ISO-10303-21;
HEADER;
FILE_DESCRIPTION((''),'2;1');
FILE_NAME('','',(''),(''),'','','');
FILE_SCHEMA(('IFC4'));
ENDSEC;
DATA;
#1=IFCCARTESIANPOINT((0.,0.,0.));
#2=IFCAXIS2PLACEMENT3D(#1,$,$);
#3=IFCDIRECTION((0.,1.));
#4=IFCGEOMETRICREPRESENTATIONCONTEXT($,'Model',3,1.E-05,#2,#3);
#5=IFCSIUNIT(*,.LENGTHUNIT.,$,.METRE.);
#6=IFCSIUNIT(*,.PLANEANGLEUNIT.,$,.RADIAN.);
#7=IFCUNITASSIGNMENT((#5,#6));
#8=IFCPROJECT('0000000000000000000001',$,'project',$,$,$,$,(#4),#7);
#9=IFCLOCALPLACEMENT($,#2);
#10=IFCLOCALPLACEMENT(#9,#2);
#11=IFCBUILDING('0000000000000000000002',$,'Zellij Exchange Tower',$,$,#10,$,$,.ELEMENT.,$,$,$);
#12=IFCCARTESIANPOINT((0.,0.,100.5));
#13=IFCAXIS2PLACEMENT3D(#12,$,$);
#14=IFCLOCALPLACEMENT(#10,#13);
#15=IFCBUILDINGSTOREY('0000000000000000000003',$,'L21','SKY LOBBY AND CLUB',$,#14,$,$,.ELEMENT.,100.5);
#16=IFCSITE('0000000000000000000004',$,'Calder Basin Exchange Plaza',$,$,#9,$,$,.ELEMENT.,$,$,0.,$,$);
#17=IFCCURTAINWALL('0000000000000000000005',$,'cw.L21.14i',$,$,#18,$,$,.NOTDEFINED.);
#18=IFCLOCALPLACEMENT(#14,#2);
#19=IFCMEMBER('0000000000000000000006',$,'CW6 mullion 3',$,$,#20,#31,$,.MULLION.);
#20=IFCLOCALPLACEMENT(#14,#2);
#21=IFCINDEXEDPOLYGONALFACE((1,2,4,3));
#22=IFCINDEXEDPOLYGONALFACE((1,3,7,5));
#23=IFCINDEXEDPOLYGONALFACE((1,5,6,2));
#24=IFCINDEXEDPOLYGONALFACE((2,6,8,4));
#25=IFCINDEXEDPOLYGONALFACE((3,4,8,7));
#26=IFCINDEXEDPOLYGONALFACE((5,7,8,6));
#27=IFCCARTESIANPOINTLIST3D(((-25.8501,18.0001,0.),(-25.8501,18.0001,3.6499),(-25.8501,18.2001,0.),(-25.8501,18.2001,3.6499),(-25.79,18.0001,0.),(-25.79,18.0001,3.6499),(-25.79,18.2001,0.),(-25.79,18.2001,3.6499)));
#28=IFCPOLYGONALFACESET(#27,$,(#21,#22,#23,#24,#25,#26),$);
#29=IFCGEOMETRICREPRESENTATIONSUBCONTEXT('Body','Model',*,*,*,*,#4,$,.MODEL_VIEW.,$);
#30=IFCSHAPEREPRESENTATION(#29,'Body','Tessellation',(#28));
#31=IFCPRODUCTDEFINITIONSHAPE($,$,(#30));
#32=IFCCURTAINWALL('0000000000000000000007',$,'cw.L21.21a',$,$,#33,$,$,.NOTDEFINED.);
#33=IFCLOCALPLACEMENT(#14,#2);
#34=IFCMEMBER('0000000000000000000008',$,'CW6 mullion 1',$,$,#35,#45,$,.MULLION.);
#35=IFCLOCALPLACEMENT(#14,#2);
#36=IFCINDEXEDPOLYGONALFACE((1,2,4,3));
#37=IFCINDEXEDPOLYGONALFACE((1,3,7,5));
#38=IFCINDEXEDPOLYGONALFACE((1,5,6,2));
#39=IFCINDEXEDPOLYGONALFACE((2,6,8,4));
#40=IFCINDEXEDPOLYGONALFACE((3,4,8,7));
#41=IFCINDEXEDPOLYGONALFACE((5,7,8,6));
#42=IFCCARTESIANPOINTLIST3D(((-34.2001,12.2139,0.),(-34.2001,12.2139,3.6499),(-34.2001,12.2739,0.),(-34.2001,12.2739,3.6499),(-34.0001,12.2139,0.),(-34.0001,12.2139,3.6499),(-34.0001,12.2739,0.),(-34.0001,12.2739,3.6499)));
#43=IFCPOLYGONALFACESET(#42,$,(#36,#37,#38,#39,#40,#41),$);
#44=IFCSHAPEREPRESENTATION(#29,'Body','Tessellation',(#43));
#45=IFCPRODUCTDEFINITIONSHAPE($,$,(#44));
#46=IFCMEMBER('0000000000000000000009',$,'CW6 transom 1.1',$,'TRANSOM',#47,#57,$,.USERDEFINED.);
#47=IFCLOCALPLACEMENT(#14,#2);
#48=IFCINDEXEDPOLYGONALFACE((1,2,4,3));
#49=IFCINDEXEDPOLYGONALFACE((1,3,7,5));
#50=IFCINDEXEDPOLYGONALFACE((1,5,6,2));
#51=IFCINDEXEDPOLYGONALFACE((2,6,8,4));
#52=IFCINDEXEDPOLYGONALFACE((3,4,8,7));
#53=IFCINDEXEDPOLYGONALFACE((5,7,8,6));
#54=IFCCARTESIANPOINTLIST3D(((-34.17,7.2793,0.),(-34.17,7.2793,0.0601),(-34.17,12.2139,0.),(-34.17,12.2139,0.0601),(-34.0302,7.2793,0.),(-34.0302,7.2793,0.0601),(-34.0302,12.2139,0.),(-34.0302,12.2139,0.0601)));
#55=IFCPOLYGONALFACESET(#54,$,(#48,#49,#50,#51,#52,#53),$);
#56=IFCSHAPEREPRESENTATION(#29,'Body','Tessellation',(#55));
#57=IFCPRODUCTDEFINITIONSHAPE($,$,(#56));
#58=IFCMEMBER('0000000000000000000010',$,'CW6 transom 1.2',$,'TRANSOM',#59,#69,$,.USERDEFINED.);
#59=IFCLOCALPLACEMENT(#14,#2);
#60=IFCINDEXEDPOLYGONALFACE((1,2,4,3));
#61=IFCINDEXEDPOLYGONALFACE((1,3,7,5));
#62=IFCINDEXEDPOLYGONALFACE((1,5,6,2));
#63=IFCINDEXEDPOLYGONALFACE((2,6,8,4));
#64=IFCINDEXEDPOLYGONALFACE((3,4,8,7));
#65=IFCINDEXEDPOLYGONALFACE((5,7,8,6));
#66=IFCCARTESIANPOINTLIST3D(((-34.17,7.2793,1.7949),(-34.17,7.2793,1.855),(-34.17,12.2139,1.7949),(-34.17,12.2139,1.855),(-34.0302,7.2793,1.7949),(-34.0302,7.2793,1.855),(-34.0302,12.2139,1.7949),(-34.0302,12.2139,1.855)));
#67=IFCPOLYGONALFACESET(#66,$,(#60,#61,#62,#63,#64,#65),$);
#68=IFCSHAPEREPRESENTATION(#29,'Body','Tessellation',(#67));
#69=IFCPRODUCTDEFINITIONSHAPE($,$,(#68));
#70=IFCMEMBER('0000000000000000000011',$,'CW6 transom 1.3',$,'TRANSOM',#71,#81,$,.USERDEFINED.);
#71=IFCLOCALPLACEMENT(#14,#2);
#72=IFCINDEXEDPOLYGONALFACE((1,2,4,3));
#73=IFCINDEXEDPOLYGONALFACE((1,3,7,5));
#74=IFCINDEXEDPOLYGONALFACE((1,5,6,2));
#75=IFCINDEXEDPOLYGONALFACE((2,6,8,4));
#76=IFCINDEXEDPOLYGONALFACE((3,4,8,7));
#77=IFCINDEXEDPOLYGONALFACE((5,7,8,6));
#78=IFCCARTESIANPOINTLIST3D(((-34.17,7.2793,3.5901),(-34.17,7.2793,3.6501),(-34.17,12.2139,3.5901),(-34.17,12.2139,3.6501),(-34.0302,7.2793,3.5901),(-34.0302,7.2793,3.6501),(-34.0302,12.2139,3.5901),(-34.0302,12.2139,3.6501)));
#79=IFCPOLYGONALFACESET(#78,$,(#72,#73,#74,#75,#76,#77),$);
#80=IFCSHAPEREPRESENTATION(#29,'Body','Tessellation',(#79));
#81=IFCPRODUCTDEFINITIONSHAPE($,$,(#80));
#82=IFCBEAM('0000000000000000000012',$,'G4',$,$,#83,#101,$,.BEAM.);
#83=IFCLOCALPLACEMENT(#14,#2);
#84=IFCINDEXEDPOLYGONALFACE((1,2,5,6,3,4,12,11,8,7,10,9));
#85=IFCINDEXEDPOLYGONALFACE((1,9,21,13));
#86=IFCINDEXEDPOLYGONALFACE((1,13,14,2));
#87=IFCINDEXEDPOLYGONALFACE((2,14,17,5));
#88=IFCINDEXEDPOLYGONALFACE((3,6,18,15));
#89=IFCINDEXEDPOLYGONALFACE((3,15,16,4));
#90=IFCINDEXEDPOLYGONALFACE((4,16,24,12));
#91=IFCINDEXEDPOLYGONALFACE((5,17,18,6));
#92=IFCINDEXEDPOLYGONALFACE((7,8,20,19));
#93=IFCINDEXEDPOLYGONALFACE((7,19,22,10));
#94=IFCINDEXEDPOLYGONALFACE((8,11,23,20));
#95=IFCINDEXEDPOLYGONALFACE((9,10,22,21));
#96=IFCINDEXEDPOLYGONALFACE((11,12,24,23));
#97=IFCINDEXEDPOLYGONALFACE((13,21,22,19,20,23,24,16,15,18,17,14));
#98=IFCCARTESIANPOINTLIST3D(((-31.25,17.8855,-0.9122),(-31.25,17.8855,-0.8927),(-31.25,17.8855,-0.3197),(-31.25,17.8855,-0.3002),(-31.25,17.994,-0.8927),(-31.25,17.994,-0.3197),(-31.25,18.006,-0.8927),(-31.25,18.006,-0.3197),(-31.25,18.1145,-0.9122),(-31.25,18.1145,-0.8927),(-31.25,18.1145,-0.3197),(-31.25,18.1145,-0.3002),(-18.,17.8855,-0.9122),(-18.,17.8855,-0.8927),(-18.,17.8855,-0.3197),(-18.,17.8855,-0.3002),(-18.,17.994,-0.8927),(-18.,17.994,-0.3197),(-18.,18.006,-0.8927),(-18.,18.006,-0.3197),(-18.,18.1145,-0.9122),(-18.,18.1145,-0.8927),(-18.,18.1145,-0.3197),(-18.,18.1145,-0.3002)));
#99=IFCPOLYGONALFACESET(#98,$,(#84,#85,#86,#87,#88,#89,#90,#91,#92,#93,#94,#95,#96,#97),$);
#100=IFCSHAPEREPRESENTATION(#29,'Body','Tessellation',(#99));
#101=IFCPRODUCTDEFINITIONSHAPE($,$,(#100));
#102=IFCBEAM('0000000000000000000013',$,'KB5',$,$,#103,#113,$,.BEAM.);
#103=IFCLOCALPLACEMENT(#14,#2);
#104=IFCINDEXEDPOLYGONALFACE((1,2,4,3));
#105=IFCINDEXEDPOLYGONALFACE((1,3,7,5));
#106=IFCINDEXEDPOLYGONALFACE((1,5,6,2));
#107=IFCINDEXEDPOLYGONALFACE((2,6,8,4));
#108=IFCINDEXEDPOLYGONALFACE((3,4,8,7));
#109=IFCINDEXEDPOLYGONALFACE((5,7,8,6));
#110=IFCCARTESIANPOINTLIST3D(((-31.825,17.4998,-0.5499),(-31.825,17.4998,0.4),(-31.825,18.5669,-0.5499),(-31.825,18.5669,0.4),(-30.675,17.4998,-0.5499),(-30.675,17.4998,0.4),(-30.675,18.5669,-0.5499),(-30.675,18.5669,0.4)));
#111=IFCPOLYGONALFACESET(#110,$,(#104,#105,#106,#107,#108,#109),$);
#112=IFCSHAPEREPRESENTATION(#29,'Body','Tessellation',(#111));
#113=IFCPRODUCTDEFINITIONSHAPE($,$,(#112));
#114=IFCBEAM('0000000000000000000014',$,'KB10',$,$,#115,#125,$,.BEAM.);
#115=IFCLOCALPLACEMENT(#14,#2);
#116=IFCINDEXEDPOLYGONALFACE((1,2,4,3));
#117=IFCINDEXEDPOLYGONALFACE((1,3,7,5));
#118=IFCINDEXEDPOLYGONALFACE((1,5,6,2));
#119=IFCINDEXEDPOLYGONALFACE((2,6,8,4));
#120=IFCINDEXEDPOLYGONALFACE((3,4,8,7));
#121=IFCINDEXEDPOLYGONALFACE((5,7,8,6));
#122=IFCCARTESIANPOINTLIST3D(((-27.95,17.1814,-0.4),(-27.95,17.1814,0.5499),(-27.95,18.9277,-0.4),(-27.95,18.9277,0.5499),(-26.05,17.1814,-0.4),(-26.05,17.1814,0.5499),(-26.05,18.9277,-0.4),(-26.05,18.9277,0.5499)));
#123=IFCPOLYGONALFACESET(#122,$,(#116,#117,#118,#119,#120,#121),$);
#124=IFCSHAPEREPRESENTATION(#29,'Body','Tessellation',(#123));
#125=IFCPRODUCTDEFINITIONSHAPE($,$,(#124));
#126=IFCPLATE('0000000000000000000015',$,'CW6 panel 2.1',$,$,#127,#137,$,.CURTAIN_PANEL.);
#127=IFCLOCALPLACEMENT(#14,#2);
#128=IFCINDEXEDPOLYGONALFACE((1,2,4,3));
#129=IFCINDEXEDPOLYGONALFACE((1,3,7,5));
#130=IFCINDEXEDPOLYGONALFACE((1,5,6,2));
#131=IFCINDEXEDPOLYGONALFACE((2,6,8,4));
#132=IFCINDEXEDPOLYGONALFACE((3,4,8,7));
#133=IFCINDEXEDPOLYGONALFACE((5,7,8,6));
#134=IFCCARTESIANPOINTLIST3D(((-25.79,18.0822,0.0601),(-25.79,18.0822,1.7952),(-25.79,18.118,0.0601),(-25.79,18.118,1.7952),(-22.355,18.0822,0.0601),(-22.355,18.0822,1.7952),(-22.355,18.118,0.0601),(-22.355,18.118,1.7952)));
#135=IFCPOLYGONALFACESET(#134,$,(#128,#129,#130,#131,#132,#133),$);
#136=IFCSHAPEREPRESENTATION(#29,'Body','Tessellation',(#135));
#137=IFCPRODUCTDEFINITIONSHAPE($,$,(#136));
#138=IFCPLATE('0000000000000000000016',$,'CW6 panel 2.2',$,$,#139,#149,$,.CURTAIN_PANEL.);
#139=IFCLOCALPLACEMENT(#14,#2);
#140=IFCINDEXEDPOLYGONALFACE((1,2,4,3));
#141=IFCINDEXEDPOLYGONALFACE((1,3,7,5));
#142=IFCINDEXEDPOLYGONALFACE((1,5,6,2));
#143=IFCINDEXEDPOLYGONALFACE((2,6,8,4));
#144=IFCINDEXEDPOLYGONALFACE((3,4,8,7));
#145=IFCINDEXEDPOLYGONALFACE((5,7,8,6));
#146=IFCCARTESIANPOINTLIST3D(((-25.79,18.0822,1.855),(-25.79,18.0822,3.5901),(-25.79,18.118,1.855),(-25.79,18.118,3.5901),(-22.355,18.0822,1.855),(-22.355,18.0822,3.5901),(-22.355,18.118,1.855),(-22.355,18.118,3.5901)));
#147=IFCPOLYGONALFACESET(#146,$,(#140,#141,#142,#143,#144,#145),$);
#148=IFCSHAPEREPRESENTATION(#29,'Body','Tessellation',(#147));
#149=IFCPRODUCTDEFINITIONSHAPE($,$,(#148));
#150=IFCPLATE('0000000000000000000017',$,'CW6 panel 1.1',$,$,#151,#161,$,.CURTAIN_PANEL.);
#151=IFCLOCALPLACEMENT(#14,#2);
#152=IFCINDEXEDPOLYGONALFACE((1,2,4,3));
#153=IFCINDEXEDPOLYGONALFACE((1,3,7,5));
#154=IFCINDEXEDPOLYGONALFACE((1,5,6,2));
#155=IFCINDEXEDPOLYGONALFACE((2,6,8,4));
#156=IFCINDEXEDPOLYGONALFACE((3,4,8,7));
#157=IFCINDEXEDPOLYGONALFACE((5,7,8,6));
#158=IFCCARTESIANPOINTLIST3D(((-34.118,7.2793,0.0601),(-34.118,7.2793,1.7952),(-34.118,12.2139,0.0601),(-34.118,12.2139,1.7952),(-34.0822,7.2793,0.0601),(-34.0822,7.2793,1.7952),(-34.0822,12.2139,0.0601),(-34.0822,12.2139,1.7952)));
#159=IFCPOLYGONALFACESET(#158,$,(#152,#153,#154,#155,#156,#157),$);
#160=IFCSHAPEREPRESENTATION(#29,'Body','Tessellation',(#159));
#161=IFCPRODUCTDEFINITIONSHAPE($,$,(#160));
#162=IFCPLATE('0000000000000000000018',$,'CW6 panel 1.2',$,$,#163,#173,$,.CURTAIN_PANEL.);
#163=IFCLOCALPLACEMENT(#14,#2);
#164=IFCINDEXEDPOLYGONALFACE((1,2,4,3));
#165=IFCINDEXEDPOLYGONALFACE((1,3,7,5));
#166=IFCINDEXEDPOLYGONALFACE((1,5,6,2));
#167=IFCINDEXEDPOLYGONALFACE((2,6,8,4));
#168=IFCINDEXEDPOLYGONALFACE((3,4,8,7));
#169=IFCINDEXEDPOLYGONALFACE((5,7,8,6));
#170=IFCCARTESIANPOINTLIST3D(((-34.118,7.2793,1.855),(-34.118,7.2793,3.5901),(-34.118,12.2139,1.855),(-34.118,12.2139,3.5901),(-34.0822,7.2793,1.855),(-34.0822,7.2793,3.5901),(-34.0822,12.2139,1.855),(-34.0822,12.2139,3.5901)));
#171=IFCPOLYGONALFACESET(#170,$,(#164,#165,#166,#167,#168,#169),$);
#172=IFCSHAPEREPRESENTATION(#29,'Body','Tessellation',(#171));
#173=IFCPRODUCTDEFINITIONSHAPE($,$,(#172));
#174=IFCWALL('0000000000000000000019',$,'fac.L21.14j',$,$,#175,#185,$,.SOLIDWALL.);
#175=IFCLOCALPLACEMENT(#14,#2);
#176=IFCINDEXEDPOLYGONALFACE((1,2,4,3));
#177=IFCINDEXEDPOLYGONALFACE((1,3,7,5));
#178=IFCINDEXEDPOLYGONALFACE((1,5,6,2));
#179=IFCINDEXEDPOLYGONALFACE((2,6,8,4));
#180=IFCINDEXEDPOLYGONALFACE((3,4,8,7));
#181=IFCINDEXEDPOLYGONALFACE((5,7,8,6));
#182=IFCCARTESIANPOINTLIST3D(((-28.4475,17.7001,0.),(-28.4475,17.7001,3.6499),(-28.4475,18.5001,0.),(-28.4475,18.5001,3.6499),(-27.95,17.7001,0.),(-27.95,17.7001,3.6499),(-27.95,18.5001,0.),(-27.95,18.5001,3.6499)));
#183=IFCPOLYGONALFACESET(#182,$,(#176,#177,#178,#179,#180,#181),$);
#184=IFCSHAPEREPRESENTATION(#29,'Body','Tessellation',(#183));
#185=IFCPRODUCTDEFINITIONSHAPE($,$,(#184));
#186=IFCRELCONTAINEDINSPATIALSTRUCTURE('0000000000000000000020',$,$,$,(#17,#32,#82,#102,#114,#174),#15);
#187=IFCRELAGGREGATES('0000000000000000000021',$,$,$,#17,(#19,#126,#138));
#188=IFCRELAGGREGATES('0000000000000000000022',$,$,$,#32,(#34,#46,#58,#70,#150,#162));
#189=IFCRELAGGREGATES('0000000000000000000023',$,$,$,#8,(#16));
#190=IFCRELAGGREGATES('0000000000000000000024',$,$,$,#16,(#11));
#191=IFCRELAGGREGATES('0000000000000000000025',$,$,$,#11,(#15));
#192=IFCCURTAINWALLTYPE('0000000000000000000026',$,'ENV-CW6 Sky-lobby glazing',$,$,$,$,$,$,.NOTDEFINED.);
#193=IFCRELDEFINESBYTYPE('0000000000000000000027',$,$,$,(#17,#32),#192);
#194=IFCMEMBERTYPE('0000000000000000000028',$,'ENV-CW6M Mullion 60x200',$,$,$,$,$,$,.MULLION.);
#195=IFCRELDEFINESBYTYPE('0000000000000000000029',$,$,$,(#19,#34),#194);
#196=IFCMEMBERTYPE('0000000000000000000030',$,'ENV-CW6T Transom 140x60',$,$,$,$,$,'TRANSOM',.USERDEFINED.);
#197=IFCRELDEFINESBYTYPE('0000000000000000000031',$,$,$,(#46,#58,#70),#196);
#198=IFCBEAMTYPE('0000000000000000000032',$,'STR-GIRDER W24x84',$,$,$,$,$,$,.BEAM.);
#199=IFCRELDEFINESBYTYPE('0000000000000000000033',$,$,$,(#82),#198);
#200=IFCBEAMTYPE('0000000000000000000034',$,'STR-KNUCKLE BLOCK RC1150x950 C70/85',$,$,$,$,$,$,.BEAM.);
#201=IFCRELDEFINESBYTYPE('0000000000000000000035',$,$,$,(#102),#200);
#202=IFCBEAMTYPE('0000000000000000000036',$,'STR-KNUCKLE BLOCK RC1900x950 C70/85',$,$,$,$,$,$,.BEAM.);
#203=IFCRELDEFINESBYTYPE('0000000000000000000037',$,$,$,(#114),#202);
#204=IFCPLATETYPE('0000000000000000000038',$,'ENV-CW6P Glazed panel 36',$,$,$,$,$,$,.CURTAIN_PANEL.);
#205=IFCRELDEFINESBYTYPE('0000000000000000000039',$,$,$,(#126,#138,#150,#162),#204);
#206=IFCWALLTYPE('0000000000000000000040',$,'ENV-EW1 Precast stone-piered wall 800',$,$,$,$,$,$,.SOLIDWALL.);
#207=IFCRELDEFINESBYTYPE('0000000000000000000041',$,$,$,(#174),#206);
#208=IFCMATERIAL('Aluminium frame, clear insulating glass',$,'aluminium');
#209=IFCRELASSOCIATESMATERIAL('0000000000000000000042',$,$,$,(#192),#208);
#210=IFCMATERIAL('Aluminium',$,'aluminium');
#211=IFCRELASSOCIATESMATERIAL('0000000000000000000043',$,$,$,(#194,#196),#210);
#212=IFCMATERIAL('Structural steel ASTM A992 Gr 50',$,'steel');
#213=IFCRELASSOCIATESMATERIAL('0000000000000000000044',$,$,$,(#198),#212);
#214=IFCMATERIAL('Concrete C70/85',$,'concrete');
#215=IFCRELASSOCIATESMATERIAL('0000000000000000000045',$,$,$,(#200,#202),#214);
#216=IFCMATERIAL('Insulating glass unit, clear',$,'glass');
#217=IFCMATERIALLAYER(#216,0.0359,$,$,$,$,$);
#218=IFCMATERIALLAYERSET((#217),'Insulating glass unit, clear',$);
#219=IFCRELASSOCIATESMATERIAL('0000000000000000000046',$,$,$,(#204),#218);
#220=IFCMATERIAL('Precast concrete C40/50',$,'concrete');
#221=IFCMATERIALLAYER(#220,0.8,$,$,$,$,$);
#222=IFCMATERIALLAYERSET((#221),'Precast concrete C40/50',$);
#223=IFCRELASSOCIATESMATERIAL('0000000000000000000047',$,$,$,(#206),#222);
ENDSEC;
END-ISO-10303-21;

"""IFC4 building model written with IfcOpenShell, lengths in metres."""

from ifc_helpers import new_model, si_unit, direction, frame, frame_2d, origin, origin_2d, place, context, subcontext, project, spatial, rectangle, i_section, extrude, material, layer, layer_set, material_profile, profile_set, type_object, element, aggregate, save


model = new_model("IFC4")

# Units and contexts
model_context = context("Model", 3, precision=1e-05, world=origin(), true_north=direction((0.0, 1.0)))
body_context = subcontext(model_context, "Body", "Model", "MODEL_VIEW")
ifc_project = project(units=[si_unit("LENGTHUNIT", "METRE"), si_unit("PLANEANGLEUNIT", "RADIAN")], contexts=[model_context])

# Site, building, storey
site_placement = place(None, origin())
site = spatial("IfcSite", under=ifc_project, at=site_placement, Name="Calder Basin Exchange Plaza", CompositionType="ELEMENT", RefElevation=0.0)
building_placement = place(site_placement, origin())
building = spatial("IfcBuilding", under=site, at=building_placement, Name="Zellij Exchange Tower", CompositionType="ELEMENT")
storey_placement = place(building_placement, frame((0.0, 0.0, 100.5)))
storey = spatial("IfcBuildingStorey", under=building, at=storey_placement, Name="L21", Description="SKY LOBBY AND CLUB", CompositionType="ELEMENT", Elevation=100.5)

# Shared definitions
ifc_material_1 = material(Name="Concrete C70/85", Category="concrete")

# Curtain wall, member
ifc_material_2 = material(Name="Aluminium frame, clear insulating glass", Category="aluminium")
curtain_wall_type = type_object("IfcCurtainWallType", Name="ENV-CW6 Sky-lobby glazing", PredefinedType="NOTDEFINED", material=ifc_material_2)
curtain_wall_1_placement = place(storey_placement, origin())
curtain_wall_1 = element("IfcCurtainWall", 1, at=curtain_wall_1_placement, inside=storey, type_object=curtain_wall_type, Name="cw.L21.14i", PredefinedType="NOTDEFINED")
ifc_material_3 = material(Name="Aluminium", Category="aluminium")
ifc_material_profile_1 = material_profile(ifc_material_3, rectangle(XDim=0.0601, YDim=0.2, at=origin_2d()), Name="AL 60x200")
ifc_profile_set_1 = profile_set([ifc_material_profile_1], Name="Aluminium")
member_type_1 = type_object("IfcMemberType", Name="ENV-CW6M Mullion 60x200", PredefinedType="MULLION", material=ifc_profile_set_1)
member_1_placement = place(storey_placement, frame((-25.8201, 18.1001, 0.0), z_axis=(0.0, 0.0, 1.0), x_axis=(-1.0, 0.0, 0.0)))
member_1 = element("IfcMember", 2, at=member_1_placement, type_object=member_type_1, Name="CW6 mullion 3", PredefinedType="MULLION", context=body_context, shape_type="SweptSolid", body=[
    extrude(rectangle(XDim=0.0601, YDim=0.2, at=origin_2d()), origin(), (0.0, 0.0, 1.0), 3.6499),
])

# Curtain wall, members
curtain_wall_2_placement = place(storey_placement, origin())
curtain_wall_2 = element("IfcCurtainWall", 3, at=curtain_wall_2_placement, inside=storey, type_object=curtain_wall_type, Name="cw.L21.21a", PredefinedType="NOTDEFINED")
member_2_placement = place(storey_placement, frame((-34.1001, 12.2439, 0.0), z_axis=(0.0, 0.0, 1.0), x_axis=(0.0, -1.0, 0.0)))
member_2 = element("IfcMember", 4, at=member_2_placement, type_object=member_type_1, Name="CW6 mullion 1", PredefinedType="MULLION", context=body_context, shape_type="SweptSolid", body=[
    extrude(rectangle(XDim=0.0601, YDim=0.2, at=origin_2d()), origin(), (0.0, 0.0, 1.0), 3.6499),
])
ifc_material_profile_2 = material_profile(ifc_material_3, rectangle(XDim=0.1399, YDim=0.0601, at=origin_2d()), Name="AL 140x60")
ifc_profile_set_2 = profile_set([ifc_material_profile_2], Name="Aluminium")
member_type_2 = type_object("IfcMemberType", Name="ENV-CW6T Transom 140x60", ElementType="TRANSOM", PredefinedType="USERDEFINED", material=ifc_profile_set_2)
member_3_placement = place(storey_placement, frame((-34.1001, 12.2139, 0.03), z_axis=(0.0, -1.0, 0.0), x_axis=(1.0, 0.0, 0.0)))
member_3 = element("IfcMember", 5, at=member_3_placement, type_object=member_type_2, Name="CW6 transom 1.1", ObjectType="TRANSOM", PredefinedType="USERDEFINED", context=body_context, shape_type="SweptSolid", body=[
    extrude(rectangle(XDim=0.1399, YDim=0.0601, at=origin_2d()), origin(), (0.0, 0.0, 1.0), 4.9346),
])
member_4_placement = place(storey_placement, frame((-34.1001, 12.2139, 1.825), z_axis=(0.0, -1.0, 0.0), x_axis=(1.0, 0.0, 0.0)))
member_4 = element("IfcMember", 6, at=member_4_placement, type_object=member_type_2, Name="CW6 transom 1.2", ObjectType="TRANSOM", PredefinedType="USERDEFINED", context=body_context, shape_type="SweptSolid", body=[
    extrude(rectangle(XDim=0.1399, YDim=0.0601, at=origin_2d()), origin(), (0.0, 0.0, 1.0), 4.9346),
])
member_5_placement = place(storey_placement, frame((-34.1001, 12.2139, 3.6201), z_axis=(0.0, -1.0, 0.0), x_axis=(1.0, 0.0, 0.0)))
member_5 = element("IfcMember", 7, at=member_5_placement, type_object=member_type_2, Name="CW6 transom 1.3", ObjectType="TRANSOM", PredefinedType="USERDEFINED", context=body_context, shape_type="SweptSolid", body=[
    extrude(rectangle(XDim=0.1399, YDim=0.0601, at=origin_2d()), origin(), (0.0, 0.0, 1.0), 4.9346),
])

# Beams
ifc_material_4 = material(Name="Structural steel ASTM A992 Gr 50", Category="steel")
ifc_material_profile_3 = material_profile(ifc_material_4, i_section(OverallWidth=0.229, OverallDepth=0.6121, WebThickness=0.012, FlangeThickness=0.0195, at=origin_2d()), Name="W24x84")
ifc_profile_set_3 = profile_set([ifc_material_profile_3], Name="Structural steel ASTM A992 Gr 50")
beam_type_1 = type_object("IfcBeamType", Name="STR-GIRDER W24x84", PredefinedType="BEAM", material=ifc_profile_set_3)
beam_1_placement = place(storey_placement, frame((-31.25, 18.0, -0.6062), z_axis=(1.0, 0.0, 0.0), x_axis=(0.0, 1.0, 0.0)))
element("IfcBeam", 8, at=beam_1_placement, inside=storey, type_object=beam_type_1, Name="G4", PredefinedType="BEAM", context=body_context, shape_type="SweptSolid", body=[
    extrude(i_section(OverallWidth=0.229, OverallDepth=0.6121, WebThickness=0.012, FlangeThickness=0.0195, at=origin_2d()), origin(), (0.0, 0.0, 1.0), 13.25),
])
ifc_material_profile_4 = material_profile(ifc_material_1, rectangle(XDim=1.1499, YDim=0.95, at=origin_2d()), Name="STR-KNUCKLE BLOCK RC1150x950 C70/85")
ifc_profile_set_4 = profile_set([ifc_material_profile_4], Name="Concrete C70/85")
beam_type_2 = type_object("IfcBeamType", Name="STR-KNUCKLE BLOCK RC1150x950 C70/85", PredefinedType="BEAM", material=ifc_profile_set_4)
beam_2_placement = place(storey_placement, frame((-31.25, 17.4998, -0.075), z_axis=(0.0, 1.0, 0.0), x_axis=(-1.0, 0.0, 0.0)))
element("IfcBeam", 9, at=beam_2_placement, inside=storey, type_object=beam_type_2, Name="KB5", PredefinedType="BEAM", context=body_context, shape_type="SweptSolid", body=[
    extrude(rectangle(XDim=1.1499, YDim=0.95, at=origin_2d()), origin(), (0.0, 0.0, 1.0), 1.0671),
])
ifc_material_profile_5 = material_profile(ifc_material_1, rectangle(XDim=1.8999, YDim=0.95, at=origin_2d()), Name="STR-KNUCKLE BLOCK RC1900x950 C70/85")
ifc_profile_set_5 = profile_set([ifc_material_profile_5], Name="Concrete C70/85")
beam_type_3 = type_object("IfcBeamType", Name="STR-KNUCKLE BLOCK RC1900x950 C70/85", PredefinedType="BEAM", material=ifc_profile_set_5)
beam_3_placement = place(storey_placement, frame((-27.0, 17.1814, 0.075), z_axis=(0.0, 1.0, 0.0), x_axis=(-1.0, 0.0, 0.0)))
element("IfcBeam", 10, at=beam_3_placement, inside=storey, type_object=beam_type_3, Name="KB10", PredefinedType="BEAM", context=body_context, shape_type="SweptSolid", body=[
    extrude(rectangle(XDim=1.8999, YDim=0.95, at=origin_2d()), origin(), (0.0, 0.0, 1.0), 1.7463),
])

# Plates
ifc_material_5 = material(Name="Insulating glass unit, clear", Category="glass")
ifc_layer_1 = layer(ifc_material_5, 0.0359)
ifc_layer_set_1 = layer_set([ifc_layer_1], Name="Insulating glass unit, clear")
plate_type = type_object("IfcPlateType", Name="ENV-CW6P Glazed panel 36", PredefinedType="CURTAIN_PANEL", material=ifc_layer_set_1)
plate_1_placement = place(storey_placement, frame((-24.0725, 18.1001, 0.0601), z_axis=(0.0, 0.0, 1.0), x_axis=(-1.0, 0.0, 0.0)))
plate_1 = element("IfcPlate", 11, at=plate_1_placement, type_object=plate_type, Name="CW6 panel 2.1", PredefinedType="CURTAIN_PANEL", context=body_context, shape_type="SweptSolid", body=[
    extrude(rectangle(XDim=3.4351, YDim=0.0359, at=origin_2d()), origin(), (0.0, 0.0, 1.0), 1.7351),
])
plate_2_placement = place(storey_placement, frame((-24.0725, 18.1001, 1.855), z_axis=(0.0, 0.0, 1.0), x_axis=(-1.0, 0.0, 0.0)))
plate_2 = element("IfcPlate", 12, at=plate_2_placement, type_object=plate_type, Name="CW6 panel 2.2", PredefinedType="CURTAIN_PANEL", context=body_context, shape_type="SweptSolid", body=[
    extrude(rectangle(XDim=3.4351, YDim=0.0359, at=origin_2d()), origin(), (0.0, 0.0, 1.0), 1.7351),
])
aggregate(curtain_wall_1, [member_1, plate_1, plate_2])
plate_3_placement = place(storey_placement, frame((-34.1001, 9.7466, 0.0601), z_axis=(0.0, 0.0, 1.0), x_axis=(0.0, -1.0, 0.0)))
plate_3 = element("IfcPlate", 13, at=plate_3_placement, type_object=plate_type, Name="CW6 panel 1.1", PredefinedType="CURTAIN_PANEL", context=body_context, shape_type="SweptSolid", body=[
    extrude(rectangle(XDim=4.9346, YDim=0.0359, at=origin_2d()), origin(), (0.0, 0.0, 1.0), 1.7351),
])
plate_4_placement = place(storey_placement, frame((-34.1001, 9.7466, 1.855), z_axis=(0.0, 0.0, 1.0), x_axis=(0.0, -1.0, 0.0)))
plate_4 = element("IfcPlate", 14, at=plate_4_placement, type_object=plate_type, Name="CW6 panel 1.2", PredefinedType="CURTAIN_PANEL", context=body_context, shape_type="SweptSolid", body=[
    extrude(rectangle(XDim=4.9346, YDim=0.0359, at=origin_2d()), origin(), (0.0, 0.0, 1.0), 1.7351),
])
aggregate(curtain_wall_2, [member_2, member_3, member_4, member_5, plate_3, plate_4])

# Wall
ifc_material_6 = material(Name="Precast concrete C40/50", Category="concrete")
ifc_layer_2 = layer(ifc_material_6, 0.8)
ifc_layer_set_2 = layer_set([ifc_layer_2], Name="Precast concrete C40/50")
wall_type_1 = type_object("IfcWallType", Name="ENV-EW1 Precast stone-piered wall 800", PredefinedType="SOLIDWALL", material=ifc_layer_set_2)
wall_1_placement = place(storey_placement, frame((-27.95, 18.1001, 0.0), z_axis=(0.0, 0.0, 1.0), x_axis=(-1.0, 0.0, 0.0)))
element("IfcWall", 15, at=wall_1_placement, inside=storey, type_object=wall_type_1, Name="fac.L21.14j", PredefinedType="SOLIDWALL", context=body_context, shape_type="SweptSolid", body=[
    extrude(rectangle(XDim=0.4976, YDim=0.8, at=frame_2d((0.2488, 0.0))), origin(), (0.0, 0.0, 1.0), 3.6499),
])

save(model, "model.ifc")
